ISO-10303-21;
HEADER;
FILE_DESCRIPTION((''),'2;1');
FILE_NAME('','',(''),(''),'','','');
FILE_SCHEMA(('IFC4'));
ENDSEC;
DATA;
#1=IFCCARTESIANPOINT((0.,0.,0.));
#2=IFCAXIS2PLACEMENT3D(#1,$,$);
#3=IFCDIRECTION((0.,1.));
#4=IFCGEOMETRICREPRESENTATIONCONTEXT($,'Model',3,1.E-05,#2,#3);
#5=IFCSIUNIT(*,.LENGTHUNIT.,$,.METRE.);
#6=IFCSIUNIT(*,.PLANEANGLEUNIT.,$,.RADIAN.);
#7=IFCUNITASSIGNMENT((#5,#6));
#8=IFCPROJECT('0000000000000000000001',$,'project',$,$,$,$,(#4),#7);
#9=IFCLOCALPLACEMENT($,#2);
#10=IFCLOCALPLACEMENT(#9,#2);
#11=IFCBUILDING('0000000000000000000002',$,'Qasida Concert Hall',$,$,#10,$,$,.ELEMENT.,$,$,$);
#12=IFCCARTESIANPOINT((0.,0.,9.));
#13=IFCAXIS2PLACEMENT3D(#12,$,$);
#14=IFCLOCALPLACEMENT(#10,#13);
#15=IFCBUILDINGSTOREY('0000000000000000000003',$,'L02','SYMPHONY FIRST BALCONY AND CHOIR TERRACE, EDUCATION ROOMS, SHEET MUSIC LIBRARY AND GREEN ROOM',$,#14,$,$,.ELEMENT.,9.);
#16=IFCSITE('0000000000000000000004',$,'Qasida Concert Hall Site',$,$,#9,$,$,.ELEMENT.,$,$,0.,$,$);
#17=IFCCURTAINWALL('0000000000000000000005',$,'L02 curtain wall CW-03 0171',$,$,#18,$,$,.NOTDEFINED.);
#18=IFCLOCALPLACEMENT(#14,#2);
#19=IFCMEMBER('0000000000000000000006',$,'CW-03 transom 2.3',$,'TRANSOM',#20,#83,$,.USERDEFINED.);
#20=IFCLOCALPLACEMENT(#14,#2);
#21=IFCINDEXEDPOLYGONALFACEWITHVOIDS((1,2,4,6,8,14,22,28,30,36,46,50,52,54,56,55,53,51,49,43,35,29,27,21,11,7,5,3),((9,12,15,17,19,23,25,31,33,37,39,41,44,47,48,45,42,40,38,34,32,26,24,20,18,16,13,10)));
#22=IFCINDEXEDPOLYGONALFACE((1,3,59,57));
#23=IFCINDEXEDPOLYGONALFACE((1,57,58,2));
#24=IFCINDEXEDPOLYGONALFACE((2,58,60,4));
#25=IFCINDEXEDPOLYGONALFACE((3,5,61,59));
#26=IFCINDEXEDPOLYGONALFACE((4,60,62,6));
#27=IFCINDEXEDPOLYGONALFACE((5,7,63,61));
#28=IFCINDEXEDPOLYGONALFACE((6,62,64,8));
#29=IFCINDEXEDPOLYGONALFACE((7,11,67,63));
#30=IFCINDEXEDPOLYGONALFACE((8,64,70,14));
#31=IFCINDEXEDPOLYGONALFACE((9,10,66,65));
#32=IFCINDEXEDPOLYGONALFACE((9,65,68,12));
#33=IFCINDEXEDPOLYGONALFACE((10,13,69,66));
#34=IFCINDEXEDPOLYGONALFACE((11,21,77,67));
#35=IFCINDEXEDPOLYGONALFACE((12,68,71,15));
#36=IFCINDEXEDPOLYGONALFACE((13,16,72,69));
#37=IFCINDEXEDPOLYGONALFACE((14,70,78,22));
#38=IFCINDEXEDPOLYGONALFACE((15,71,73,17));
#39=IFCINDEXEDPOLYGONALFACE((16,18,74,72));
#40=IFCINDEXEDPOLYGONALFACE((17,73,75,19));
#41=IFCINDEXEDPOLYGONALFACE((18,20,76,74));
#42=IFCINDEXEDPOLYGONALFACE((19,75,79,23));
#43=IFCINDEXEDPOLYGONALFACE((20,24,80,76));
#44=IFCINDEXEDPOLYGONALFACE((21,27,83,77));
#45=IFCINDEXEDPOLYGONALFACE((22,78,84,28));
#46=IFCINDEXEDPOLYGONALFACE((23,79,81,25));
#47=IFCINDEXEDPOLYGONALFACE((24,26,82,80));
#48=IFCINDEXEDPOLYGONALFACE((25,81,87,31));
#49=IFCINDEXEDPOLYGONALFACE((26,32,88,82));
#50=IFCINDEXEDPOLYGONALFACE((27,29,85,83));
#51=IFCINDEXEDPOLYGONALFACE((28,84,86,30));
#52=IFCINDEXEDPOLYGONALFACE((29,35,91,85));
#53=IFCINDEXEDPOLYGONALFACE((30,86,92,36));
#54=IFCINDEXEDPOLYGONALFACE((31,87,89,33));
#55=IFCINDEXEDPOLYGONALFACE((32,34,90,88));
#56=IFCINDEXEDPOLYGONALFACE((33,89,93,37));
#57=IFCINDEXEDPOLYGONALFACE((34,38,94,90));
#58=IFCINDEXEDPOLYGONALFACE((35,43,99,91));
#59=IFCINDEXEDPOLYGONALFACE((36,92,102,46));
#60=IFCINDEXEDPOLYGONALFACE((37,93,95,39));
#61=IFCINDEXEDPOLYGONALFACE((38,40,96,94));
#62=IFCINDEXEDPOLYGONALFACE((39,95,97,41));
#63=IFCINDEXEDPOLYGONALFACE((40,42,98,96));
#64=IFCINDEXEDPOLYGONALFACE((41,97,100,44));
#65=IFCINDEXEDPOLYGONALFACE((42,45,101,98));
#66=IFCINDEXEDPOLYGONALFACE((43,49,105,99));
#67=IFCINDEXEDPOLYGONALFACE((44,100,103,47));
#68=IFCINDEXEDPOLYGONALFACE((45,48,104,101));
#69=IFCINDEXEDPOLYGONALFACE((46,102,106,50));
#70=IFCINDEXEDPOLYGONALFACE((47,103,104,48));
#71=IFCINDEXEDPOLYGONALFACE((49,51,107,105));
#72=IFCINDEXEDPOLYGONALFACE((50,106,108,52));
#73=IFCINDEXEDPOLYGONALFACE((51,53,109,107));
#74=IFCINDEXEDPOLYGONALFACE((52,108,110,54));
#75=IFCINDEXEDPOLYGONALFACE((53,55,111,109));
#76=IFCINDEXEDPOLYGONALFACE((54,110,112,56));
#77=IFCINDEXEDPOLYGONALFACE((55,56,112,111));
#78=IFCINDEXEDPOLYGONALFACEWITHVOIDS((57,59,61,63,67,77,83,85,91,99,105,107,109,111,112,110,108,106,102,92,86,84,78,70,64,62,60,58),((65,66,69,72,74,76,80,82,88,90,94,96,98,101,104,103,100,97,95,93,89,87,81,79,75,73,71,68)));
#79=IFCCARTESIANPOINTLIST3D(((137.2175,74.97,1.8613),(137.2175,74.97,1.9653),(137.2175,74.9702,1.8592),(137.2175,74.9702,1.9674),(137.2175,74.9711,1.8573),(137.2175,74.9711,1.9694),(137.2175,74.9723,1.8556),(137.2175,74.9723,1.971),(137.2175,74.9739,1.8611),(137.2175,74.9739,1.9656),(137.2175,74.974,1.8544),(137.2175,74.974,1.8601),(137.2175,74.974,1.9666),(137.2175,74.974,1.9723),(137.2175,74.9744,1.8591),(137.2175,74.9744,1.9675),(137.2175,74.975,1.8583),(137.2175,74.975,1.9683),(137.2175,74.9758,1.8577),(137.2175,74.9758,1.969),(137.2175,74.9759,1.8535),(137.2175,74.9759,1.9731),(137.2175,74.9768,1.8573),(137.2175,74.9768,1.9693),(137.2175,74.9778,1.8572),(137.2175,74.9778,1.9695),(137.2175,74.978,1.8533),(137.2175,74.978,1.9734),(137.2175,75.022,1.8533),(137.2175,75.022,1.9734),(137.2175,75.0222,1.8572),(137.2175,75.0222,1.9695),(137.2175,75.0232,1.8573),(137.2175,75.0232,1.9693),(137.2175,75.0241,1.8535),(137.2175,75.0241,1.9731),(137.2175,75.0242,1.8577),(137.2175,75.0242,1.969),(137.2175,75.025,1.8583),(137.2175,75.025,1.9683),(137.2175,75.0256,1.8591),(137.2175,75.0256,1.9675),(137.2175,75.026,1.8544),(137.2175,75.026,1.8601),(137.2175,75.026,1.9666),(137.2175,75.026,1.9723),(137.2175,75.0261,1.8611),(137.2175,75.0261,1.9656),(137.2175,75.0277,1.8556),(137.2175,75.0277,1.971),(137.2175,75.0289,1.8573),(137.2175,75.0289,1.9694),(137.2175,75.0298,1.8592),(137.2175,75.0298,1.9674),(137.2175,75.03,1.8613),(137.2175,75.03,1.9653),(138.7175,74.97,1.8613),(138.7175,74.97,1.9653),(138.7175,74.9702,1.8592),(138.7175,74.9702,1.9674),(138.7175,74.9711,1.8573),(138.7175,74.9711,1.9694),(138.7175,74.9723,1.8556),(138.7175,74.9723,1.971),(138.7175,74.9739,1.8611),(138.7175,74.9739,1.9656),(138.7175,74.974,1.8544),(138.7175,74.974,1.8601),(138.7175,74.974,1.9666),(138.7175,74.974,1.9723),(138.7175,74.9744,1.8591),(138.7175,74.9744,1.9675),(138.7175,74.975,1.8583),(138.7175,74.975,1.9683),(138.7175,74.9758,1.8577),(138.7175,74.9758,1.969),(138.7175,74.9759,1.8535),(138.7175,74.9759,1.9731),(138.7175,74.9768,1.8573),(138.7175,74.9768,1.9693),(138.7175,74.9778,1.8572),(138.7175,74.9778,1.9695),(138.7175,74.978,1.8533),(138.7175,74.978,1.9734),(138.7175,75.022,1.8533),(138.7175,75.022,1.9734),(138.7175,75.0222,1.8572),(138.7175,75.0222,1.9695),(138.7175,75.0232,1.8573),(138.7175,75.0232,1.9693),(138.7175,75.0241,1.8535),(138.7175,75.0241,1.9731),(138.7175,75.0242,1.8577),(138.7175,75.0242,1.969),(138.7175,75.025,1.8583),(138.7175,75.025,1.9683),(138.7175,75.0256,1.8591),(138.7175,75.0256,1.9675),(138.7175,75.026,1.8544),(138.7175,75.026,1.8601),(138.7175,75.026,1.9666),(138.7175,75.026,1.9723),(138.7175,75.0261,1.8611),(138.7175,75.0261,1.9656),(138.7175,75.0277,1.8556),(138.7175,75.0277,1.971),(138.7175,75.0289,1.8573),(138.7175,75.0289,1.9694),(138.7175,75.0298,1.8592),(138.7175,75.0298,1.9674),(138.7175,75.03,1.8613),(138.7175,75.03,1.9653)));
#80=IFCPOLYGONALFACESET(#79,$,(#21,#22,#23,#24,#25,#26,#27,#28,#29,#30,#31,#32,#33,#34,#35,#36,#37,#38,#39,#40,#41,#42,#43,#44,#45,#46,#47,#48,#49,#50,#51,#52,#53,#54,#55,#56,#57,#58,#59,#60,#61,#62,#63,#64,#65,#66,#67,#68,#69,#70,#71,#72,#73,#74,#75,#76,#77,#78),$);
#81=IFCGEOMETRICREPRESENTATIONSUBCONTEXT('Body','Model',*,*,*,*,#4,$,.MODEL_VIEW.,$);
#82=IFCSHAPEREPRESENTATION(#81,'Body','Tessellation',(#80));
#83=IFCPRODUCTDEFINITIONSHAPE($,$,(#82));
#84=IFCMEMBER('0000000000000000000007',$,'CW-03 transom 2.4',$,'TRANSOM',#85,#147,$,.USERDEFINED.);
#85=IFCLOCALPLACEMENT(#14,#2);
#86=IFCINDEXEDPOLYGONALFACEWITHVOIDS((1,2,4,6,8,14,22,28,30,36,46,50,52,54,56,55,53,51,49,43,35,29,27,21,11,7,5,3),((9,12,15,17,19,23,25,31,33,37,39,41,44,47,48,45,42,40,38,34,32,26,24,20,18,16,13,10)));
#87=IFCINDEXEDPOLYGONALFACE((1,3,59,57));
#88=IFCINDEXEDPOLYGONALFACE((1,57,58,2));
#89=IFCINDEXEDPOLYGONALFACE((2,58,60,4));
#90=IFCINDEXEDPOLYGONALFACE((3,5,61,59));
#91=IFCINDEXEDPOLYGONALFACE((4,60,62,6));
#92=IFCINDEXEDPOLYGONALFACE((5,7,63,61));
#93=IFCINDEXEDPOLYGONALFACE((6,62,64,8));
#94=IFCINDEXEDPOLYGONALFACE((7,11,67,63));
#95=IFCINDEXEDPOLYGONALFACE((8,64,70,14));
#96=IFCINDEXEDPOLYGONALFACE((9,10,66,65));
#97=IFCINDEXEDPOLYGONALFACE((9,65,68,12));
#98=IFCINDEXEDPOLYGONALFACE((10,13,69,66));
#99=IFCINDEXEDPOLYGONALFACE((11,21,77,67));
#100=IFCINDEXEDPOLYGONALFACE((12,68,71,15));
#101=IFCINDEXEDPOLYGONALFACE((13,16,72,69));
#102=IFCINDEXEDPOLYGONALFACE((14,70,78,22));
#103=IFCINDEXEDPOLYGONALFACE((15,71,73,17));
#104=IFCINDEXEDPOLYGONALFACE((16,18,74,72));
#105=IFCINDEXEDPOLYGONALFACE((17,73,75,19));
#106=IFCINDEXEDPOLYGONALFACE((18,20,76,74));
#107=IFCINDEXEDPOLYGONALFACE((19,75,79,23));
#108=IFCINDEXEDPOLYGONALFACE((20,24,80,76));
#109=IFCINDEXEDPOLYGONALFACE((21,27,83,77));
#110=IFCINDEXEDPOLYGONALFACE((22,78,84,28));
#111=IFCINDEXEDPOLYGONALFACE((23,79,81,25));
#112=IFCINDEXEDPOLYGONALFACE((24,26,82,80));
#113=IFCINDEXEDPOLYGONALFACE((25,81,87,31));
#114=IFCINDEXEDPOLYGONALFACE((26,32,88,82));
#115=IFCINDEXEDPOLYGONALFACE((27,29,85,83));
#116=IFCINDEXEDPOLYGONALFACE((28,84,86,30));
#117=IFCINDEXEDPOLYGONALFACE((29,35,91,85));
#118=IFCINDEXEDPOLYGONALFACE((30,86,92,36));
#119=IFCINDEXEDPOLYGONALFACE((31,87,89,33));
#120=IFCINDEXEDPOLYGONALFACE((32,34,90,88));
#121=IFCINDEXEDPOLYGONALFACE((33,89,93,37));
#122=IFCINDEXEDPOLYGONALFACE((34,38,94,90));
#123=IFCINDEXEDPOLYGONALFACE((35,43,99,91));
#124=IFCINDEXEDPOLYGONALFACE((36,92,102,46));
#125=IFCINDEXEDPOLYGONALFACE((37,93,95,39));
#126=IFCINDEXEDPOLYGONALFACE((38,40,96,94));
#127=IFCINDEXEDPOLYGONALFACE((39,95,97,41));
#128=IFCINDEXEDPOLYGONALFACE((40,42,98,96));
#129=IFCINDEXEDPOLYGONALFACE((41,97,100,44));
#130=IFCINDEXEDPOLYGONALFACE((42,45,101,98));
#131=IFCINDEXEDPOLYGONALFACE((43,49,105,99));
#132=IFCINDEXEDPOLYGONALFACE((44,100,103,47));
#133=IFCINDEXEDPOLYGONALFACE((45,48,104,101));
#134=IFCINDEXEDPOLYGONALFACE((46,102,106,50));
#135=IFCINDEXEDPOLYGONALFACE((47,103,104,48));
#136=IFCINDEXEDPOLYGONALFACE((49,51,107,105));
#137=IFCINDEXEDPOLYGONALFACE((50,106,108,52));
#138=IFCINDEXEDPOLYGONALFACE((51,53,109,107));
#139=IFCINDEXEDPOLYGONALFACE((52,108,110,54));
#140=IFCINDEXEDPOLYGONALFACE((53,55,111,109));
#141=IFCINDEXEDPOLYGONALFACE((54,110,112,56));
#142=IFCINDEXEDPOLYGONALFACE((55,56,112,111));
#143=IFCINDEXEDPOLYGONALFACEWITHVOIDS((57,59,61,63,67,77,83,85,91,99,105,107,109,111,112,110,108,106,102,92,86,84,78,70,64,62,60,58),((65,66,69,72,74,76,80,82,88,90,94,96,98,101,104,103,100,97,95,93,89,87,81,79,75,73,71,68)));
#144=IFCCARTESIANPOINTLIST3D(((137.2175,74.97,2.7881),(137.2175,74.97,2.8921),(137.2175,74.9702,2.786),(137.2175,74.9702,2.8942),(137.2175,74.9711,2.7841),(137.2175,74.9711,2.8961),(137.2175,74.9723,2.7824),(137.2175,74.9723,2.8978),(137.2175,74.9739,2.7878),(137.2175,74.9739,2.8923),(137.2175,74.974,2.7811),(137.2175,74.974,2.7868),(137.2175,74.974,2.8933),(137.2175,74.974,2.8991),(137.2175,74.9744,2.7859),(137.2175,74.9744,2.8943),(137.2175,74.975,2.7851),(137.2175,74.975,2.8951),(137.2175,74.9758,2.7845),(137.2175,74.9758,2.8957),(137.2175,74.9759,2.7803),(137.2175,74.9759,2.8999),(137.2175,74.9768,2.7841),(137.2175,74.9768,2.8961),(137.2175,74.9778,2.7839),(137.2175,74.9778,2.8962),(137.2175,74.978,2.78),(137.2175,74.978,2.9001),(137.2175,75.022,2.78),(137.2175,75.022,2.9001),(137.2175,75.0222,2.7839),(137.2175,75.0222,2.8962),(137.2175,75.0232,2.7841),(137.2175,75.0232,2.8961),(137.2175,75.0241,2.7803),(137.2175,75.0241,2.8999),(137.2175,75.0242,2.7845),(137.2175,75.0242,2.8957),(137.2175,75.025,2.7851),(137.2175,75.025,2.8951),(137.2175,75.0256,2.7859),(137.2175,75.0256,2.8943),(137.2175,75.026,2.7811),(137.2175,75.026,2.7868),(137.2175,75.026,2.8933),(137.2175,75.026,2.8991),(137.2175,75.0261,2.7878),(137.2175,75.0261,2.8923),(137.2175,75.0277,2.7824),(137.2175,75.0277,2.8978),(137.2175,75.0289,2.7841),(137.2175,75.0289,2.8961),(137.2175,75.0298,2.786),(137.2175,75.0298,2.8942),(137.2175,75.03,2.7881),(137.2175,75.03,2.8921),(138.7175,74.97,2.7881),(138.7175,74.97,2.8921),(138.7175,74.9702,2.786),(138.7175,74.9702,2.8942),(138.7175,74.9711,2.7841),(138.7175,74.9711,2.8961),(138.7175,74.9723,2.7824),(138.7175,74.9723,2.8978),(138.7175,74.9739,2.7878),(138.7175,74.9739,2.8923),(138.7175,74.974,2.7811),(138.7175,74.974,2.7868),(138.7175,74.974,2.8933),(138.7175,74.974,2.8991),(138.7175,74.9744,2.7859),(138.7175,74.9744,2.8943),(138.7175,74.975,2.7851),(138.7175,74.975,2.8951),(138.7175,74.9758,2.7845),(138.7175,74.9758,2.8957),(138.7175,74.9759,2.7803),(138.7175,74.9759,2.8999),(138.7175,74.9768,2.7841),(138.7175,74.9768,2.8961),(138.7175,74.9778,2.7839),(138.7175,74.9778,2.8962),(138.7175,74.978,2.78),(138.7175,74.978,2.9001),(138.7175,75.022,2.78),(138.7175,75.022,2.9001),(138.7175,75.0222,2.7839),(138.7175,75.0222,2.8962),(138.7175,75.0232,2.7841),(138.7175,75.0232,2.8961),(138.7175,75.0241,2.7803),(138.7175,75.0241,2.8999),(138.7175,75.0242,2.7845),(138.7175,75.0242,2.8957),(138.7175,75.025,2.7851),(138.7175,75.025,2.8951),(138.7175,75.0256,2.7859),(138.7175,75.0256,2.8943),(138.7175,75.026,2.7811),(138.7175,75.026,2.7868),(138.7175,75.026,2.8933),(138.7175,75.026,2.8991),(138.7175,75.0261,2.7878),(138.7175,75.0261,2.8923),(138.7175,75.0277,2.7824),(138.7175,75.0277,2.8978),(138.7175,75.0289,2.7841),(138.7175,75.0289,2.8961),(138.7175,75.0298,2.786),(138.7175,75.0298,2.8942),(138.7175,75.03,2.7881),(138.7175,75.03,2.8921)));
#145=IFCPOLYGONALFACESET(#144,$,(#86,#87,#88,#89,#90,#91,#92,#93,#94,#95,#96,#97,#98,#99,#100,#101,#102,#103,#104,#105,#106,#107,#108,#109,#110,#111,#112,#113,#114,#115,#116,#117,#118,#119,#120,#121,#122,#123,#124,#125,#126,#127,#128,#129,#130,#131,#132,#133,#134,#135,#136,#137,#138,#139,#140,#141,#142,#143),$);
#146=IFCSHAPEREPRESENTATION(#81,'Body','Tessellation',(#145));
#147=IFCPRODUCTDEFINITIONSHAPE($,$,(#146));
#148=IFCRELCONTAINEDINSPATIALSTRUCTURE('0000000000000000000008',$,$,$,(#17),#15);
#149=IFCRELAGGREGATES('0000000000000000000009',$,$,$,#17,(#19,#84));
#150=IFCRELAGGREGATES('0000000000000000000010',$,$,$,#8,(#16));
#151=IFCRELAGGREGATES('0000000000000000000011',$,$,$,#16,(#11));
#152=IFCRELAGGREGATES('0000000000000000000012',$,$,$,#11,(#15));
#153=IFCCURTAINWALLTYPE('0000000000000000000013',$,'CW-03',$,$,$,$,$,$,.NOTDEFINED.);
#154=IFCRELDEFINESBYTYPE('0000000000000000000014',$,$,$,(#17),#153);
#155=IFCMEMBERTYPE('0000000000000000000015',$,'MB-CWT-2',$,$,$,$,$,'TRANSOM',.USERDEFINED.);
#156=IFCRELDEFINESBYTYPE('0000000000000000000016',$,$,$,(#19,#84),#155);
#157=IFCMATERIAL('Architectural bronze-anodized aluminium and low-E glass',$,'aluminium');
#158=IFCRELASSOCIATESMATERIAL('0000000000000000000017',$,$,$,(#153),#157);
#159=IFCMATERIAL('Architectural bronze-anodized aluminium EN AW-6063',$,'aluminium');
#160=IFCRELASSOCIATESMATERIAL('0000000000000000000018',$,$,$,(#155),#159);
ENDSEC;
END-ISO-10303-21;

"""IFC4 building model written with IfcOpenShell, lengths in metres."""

from ifc_helpers import new_model, si_unit, direction, frame, origin, origin_2d, place, context, subcontext, project, spatial, hollow_rectangle, extrude, material, material_profile, profile_set, type_object, element, aggregate, save


model = new_model("IFC4")

# Units and contexts
model_context = context("Model", 3, precision=1e-05, world=origin(), true_north=direction((0.0, 1.0)))
body_context = subcontext(model_context, "Body", "Model", "MODEL_VIEW")
ifc_project = project(units=[si_unit("LENGTHUNIT", "METRE"), si_unit("PLANEANGLEUNIT", "RADIAN")], contexts=[model_context])

# Site, building, storey
site_placement = place(None, origin())
site = spatial("IfcSite", under=ifc_project, at=site_placement, Name="Qasida Concert Hall Site", CompositionType="ELEMENT", RefElevation=0.0)
building_placement = place(site_placement, origin())
building = spatial("IfcBuilding", under=site, at=building_placement, Name="Qasida Concert Hall", CompositionType="ELEMENT")
storey_placement = place(building_placement, frame((0.0, 0.0, 9.0)))
storey = spatial("IfcBuildingStorey", under=building, at=storey_placement, Name="L02", Description="SYMPHONY FIRST BALCONY AND CHOIR TERRACE, EDUCATION ROOMS, SHEET MUSIC LIBRARY AND GREEN ROOM", CompositionType="ELEMENT", Elevation=9.0)

# Curtain wall, members
ifc_material_1 = material(Name="Architectural bronze-anodized aluminium and low-E glass", Category="aluminium")
curtain_wall_type = type_object("IfcCurtainWallType", Name="CW-03", PredefinedType="NOTDEFINED", material=ifc_material_1)
curtain_wall_placement = place(storey_placement, origin())
curtain_wall = element("IfcCurtainWall", 1, at=curtain_wall_placement, inside=storey, type_object=curtain_wall_type, Name="L02 curtain wall CW-03 0171", PredefinedType="NOTDEFINED")
ifc_material_2 = material(Name="Architectural bronze-anodized aluminium EN AW-6063", Category="aluminium")
ifc_material_profile_1 = material_profile(ifc_material_2, hollow_rectangle(XDim=0.0601, YDim=0.1201, WallThickness=0.0039, InnerFilletRadius=0.0039, OuterFilletRadius=0.0081, at=origin_2d()), Name="CWT 120x60x4")
ifc_profile_set_1 = profile_set([ifc_material_profile_1], Name="Architectural bronze-anodized aluminium EN AW-6063")
member_type_1 = type_object("IfcMemberType", Name="MB-CWT-2", ElementType="TRANSOM", PredefinedType="USERDEFINED", material=ifc_profile_set_1)
member_1_placement = place(storey_placement, frame((137.2175, 75.0, 1.9133), z_axis=(1.0, 0.0, 0.0), x_axis=(0.0, 1.0, 0.0)))
member_1 = element("IfcMember", 2, at=member_1_placement, type_object=member_type_1, Name="CW-03 transom 2.3", ObjectType="TRANSOM", PredefinedType="USERDEFINED", context=body_context, shape_type="SweptSolid", body=[
    extrude(hollow_rectangle(XDim=0.0601, YDim=0.1201, WallThickness=0.0039, InnerFilletRadius=0.0039, OuterFilletRadius=0.0081, at=origin_2d()), origin(), (0.0, 0.0, 1.0), 1.5),
])
member_2_placement = place(storey_placement, frame((137.2175, 75.0, 2.8401), z_axis=(1.0, 0.0, 0.0), x_axis=(0.0, 1.0, 0.0)))
member_2 = element("IfcMember", 3, at=member_2_placement, type_object=member_type_1, Name="CW-03 transom 2.4", ObjectType="TRANSOM", PredefinedType="USERDEFINED", context=body_context, shape_type="SweptSolid", body=[
    extrude(hollow_rectangle(XDim=0.0601, YDim=0.1201, WallThickness=0.0039, InnerFilletRadius=0.0039, OuterFilletRadius=0.0081, at=origin_2d()), origin(), (0.0, 0.0, 1.0), 1.5),
])
aggregate(curtain_wall, [member_1, member_2])

save(model, "model.ifc")
